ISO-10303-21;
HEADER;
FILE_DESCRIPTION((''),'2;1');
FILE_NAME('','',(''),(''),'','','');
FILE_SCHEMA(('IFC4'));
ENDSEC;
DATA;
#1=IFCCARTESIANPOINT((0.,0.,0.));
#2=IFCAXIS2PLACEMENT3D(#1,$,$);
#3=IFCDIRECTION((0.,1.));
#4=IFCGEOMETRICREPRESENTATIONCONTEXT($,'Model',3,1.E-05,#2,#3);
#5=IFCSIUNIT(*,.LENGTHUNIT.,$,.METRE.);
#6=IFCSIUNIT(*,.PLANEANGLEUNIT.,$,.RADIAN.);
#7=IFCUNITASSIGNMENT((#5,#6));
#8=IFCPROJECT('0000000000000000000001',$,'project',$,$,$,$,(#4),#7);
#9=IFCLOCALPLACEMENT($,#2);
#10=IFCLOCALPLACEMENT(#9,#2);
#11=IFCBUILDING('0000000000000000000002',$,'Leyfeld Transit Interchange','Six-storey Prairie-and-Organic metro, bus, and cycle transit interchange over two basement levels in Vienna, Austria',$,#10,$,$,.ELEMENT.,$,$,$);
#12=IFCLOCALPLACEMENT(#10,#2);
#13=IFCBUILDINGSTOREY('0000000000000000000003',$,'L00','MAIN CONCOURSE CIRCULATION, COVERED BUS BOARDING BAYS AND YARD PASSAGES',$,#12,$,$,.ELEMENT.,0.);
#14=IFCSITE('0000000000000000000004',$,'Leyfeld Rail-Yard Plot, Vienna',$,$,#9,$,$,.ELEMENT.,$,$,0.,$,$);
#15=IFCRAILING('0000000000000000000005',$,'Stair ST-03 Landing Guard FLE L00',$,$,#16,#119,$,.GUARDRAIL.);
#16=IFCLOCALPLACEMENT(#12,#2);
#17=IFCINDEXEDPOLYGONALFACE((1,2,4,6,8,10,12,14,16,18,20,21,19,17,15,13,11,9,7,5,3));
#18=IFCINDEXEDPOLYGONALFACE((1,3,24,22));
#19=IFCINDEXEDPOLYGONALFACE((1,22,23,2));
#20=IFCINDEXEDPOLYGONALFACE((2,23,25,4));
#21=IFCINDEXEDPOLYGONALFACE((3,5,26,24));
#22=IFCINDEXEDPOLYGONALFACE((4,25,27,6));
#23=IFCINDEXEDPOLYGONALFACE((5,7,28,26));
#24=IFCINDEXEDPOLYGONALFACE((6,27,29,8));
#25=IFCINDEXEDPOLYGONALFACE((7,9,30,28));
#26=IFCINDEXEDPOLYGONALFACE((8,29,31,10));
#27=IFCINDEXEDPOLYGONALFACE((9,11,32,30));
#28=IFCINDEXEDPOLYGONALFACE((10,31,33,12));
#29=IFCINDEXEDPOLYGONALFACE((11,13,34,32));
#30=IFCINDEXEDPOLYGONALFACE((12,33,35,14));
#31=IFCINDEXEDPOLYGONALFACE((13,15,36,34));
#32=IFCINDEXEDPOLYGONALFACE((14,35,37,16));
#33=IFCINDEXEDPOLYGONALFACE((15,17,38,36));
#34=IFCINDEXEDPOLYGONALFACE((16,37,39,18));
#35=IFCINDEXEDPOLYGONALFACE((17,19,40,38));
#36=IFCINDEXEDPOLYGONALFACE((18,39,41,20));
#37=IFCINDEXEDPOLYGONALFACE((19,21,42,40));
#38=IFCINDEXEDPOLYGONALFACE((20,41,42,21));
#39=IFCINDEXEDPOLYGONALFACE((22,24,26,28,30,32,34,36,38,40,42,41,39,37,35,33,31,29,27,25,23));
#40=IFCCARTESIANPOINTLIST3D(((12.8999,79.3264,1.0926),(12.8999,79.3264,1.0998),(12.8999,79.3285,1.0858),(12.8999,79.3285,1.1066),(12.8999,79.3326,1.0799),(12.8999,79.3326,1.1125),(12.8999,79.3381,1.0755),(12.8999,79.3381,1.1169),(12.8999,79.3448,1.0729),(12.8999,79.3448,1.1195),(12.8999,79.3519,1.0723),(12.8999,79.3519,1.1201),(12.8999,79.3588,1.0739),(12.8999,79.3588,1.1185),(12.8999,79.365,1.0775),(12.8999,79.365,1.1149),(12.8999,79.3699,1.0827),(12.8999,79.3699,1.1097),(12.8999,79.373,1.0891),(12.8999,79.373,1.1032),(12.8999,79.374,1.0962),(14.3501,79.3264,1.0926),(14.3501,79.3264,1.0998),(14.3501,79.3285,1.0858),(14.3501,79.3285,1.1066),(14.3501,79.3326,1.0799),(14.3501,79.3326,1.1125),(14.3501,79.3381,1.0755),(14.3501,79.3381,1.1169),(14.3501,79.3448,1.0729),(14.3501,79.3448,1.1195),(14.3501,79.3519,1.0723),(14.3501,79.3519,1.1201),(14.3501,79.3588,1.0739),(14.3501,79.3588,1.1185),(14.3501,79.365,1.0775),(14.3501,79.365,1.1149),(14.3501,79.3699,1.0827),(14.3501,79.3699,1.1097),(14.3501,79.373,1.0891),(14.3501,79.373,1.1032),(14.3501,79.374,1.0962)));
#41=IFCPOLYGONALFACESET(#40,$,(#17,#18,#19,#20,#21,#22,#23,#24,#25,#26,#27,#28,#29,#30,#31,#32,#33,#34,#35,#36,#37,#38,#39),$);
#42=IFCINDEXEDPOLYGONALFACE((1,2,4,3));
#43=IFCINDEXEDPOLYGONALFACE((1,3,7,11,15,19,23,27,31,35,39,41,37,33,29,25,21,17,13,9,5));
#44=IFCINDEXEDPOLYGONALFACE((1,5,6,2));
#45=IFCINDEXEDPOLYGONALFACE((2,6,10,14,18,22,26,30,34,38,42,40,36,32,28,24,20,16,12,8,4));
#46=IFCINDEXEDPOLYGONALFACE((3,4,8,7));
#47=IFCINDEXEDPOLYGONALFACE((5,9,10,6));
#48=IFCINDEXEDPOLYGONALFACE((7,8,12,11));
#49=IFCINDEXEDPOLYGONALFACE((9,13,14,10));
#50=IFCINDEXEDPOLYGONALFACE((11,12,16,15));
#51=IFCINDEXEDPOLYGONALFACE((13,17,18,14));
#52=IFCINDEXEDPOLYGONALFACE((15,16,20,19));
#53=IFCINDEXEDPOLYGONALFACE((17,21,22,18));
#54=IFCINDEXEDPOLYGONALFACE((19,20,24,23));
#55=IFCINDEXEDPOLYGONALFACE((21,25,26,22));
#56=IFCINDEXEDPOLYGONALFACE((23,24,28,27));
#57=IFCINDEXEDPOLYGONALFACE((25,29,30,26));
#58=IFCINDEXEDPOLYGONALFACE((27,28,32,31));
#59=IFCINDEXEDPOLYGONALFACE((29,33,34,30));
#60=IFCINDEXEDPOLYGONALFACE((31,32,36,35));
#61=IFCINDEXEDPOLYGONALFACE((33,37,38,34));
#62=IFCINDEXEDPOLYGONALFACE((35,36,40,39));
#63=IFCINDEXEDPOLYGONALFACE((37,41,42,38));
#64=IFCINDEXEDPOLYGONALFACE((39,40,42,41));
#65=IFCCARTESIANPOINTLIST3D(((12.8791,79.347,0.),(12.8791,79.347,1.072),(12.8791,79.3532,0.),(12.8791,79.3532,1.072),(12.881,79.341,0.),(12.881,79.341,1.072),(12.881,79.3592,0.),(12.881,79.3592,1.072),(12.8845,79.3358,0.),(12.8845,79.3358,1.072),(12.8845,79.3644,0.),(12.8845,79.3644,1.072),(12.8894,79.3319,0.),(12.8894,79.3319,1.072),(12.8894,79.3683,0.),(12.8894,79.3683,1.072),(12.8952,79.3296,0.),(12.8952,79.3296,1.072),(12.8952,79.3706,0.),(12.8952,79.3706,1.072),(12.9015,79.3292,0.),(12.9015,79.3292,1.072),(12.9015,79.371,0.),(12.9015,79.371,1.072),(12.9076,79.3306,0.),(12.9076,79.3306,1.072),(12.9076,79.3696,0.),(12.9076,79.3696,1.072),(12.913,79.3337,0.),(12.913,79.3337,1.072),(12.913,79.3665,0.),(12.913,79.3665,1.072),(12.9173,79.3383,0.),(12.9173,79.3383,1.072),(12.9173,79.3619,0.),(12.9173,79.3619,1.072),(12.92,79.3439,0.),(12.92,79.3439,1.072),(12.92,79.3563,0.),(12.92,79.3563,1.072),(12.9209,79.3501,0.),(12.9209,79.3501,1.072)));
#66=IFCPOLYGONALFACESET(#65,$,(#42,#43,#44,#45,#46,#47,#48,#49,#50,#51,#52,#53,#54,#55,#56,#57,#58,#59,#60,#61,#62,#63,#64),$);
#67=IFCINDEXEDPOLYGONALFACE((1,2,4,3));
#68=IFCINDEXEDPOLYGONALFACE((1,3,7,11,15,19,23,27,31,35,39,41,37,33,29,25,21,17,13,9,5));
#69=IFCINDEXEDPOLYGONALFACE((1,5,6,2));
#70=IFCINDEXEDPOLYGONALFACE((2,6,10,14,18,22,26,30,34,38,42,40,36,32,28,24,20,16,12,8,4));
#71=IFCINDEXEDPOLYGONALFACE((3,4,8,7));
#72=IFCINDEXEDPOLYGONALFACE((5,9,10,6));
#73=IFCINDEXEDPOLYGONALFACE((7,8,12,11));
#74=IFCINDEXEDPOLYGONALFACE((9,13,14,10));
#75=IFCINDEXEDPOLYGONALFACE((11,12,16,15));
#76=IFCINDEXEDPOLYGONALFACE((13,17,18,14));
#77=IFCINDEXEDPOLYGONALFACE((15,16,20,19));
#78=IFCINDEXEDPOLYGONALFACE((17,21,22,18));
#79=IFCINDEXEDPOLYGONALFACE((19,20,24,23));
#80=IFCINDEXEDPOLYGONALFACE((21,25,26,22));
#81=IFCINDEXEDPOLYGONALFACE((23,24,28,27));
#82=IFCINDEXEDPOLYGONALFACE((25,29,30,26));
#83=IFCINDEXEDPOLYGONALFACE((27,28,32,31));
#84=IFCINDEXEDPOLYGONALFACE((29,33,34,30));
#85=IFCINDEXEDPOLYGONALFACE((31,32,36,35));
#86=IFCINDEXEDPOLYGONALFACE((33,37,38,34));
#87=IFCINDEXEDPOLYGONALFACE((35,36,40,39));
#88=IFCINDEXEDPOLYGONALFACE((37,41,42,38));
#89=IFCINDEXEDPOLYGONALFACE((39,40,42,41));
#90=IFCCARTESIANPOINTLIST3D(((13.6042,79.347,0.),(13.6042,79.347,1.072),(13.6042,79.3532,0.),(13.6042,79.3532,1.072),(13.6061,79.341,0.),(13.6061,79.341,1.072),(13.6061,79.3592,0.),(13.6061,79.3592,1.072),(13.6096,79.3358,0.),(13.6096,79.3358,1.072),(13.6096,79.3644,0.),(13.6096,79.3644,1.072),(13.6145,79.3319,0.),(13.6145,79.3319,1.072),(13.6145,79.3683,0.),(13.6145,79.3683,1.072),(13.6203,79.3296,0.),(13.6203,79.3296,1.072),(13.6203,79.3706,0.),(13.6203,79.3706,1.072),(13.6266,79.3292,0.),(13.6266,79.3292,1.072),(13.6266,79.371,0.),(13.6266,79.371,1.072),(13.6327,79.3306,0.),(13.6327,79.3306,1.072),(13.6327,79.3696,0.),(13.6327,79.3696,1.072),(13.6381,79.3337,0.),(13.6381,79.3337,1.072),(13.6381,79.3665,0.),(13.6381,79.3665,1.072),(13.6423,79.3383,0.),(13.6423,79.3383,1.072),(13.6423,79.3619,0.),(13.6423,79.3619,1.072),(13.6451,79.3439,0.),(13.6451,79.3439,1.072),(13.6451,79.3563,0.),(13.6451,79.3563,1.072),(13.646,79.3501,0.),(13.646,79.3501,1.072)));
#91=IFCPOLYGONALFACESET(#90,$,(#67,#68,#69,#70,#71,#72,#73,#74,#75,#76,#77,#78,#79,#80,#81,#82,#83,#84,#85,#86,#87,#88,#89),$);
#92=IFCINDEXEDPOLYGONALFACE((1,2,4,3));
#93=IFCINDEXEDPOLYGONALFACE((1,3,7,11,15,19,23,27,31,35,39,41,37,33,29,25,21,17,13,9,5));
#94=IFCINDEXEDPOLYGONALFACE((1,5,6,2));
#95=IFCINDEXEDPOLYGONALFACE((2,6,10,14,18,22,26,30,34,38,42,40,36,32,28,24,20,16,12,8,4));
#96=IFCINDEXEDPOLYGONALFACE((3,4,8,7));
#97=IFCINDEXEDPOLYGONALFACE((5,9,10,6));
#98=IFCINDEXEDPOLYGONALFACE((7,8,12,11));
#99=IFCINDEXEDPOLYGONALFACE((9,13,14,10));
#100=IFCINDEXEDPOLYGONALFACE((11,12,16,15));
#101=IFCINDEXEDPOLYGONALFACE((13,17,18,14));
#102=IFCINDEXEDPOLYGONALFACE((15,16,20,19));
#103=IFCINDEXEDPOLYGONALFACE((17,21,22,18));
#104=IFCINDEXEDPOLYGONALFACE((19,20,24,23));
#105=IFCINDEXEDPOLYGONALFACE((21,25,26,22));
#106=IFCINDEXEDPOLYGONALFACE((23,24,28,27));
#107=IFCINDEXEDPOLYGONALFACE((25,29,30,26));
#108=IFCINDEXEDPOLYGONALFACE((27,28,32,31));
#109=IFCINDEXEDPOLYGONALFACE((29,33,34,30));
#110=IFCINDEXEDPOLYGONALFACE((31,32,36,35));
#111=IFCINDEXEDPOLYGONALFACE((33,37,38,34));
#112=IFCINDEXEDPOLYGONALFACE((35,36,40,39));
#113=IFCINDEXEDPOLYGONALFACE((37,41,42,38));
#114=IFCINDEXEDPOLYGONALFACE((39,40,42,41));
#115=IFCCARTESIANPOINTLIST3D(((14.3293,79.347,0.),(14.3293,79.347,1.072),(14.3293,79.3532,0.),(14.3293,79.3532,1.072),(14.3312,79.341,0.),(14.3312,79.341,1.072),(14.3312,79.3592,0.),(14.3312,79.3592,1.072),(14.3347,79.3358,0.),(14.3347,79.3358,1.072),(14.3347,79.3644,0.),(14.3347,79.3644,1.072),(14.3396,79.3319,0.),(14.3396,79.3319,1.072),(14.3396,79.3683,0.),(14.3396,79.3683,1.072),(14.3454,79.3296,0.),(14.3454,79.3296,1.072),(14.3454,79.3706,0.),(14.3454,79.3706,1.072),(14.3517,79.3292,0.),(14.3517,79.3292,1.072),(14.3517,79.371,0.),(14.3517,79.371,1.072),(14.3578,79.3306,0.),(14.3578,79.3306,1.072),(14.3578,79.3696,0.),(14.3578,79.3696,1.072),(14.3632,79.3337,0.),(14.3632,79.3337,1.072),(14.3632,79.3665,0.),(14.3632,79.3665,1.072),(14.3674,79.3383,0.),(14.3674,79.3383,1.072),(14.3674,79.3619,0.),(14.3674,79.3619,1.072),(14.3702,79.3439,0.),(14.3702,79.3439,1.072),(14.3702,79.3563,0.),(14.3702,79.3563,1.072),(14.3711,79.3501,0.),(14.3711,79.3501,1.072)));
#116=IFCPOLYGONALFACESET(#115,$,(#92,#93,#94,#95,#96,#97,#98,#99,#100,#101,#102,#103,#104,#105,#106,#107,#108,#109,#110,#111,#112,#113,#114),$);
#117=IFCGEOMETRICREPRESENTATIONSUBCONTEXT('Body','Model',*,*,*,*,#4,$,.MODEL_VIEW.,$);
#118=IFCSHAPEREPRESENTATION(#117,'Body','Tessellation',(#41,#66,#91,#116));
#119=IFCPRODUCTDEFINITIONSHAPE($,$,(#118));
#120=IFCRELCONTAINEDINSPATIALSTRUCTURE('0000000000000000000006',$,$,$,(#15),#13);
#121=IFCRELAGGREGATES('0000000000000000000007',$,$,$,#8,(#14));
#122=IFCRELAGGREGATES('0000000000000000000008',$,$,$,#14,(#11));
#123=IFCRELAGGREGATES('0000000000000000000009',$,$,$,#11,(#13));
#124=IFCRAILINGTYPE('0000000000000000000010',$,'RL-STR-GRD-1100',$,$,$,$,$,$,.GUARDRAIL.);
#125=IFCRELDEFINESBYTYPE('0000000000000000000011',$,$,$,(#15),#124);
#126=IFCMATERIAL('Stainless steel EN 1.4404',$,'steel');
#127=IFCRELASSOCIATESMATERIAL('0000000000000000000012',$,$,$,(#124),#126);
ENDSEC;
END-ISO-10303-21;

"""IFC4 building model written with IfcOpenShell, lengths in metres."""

from ifc_helpers import new_model, si_unit, direction, frame, origin, origin_2d, place, context, subcontext, project, spatial, circle, extrude, material, type_object, element, save


model = new_model("IFC4")

# Units and contexts
model_context = context("Model", 3, precision=1e-05, world=origin(), true_north=direction((0.0, 1.0)))
body_context = subcontext(model_context, "Body", "Model", "MODEL_VIEW")
ifc_project = project(units=[si_unit("LENGTHUNIT", "METRE"), si_unit("PLANEANGLEUNIT", "RADIAN")], contexts=[model_context])

# Site, building, storey
site_placement = place(None, origin())
site = spatial("IfcSite", under=ifc_project, at=site_placement, Name="Leyfeld Rail-Yard Plot, Vienna", CompositionType="ELEMENT", RefElevation=0.0)
building_placement = place(site_placement, origin())
building = spatial("IfcBuilding", under=site, at=building_placement, Name="Leyfeld Transit Interchange", Description="Six-storey Prairie-and-Organic metro, bus, and cycle transit interchange over two basement levels in Vienna, Austria", CompositionType="ELEMENT")
storey_placement = place(building_placement, origin())
storey = spatial("IfcBuildingStorey", under=building, at=storey_placement, Name="L00", Description="MAIN CONCOURSE CIRCULATION, COVERED BUS BOARDING BAYS AND YARD PASSAGES", CompositionType="ELEMENT", Elevation=0.0)

# Railing
ifc_material_1 = material(Name="Stainless steel EN 1.4404", Category="steel")
railing_type_1 = type_object("IfcRailingType", Name="RL-STR-GRD-1100", PredefinedType="GUARDRAIL", material=ifc_material_1)
railing_1_placement = place(storey_placement, frame((12.8999, 79.3501, 0.0)))
element("IfcRailing", 1, at=railing_1_placement, inside=storey, type_object=railing_type_1, Name="Stair ST-03 Landing Guard FLE L00", PredefinedType="GUARDRAIL", context=body_context, shape_type="SweptSolid", body=[
    extrude(circle(Radius=0.0239, at=origin_2d()), frame((0.0, 0.0, 1.0962), z_axis=(1.0, 0.0, 0.0), x_axis=(0.0, 1.0, 0.0)), (0.0, 0.0, 1.0), 1.4502),
    extrude(circle(Radius=0.021, at=origin_2d()), origin(), (0.0, 0.0, 1.0), 1.072),
    extrude(circle(Radius=0.021, at=origin_2d()), frame((0.7251, 0.0, 0.0)), (0.0, 0.0, 1.0), 1.072),
    extrude(circle(Radius=0.021, at=origin_2d()), frame((1.4502, 0.0, 0.0)), (0.0, 0.0, 1.0), 1.072),
])

save(model, "model.ifc")
